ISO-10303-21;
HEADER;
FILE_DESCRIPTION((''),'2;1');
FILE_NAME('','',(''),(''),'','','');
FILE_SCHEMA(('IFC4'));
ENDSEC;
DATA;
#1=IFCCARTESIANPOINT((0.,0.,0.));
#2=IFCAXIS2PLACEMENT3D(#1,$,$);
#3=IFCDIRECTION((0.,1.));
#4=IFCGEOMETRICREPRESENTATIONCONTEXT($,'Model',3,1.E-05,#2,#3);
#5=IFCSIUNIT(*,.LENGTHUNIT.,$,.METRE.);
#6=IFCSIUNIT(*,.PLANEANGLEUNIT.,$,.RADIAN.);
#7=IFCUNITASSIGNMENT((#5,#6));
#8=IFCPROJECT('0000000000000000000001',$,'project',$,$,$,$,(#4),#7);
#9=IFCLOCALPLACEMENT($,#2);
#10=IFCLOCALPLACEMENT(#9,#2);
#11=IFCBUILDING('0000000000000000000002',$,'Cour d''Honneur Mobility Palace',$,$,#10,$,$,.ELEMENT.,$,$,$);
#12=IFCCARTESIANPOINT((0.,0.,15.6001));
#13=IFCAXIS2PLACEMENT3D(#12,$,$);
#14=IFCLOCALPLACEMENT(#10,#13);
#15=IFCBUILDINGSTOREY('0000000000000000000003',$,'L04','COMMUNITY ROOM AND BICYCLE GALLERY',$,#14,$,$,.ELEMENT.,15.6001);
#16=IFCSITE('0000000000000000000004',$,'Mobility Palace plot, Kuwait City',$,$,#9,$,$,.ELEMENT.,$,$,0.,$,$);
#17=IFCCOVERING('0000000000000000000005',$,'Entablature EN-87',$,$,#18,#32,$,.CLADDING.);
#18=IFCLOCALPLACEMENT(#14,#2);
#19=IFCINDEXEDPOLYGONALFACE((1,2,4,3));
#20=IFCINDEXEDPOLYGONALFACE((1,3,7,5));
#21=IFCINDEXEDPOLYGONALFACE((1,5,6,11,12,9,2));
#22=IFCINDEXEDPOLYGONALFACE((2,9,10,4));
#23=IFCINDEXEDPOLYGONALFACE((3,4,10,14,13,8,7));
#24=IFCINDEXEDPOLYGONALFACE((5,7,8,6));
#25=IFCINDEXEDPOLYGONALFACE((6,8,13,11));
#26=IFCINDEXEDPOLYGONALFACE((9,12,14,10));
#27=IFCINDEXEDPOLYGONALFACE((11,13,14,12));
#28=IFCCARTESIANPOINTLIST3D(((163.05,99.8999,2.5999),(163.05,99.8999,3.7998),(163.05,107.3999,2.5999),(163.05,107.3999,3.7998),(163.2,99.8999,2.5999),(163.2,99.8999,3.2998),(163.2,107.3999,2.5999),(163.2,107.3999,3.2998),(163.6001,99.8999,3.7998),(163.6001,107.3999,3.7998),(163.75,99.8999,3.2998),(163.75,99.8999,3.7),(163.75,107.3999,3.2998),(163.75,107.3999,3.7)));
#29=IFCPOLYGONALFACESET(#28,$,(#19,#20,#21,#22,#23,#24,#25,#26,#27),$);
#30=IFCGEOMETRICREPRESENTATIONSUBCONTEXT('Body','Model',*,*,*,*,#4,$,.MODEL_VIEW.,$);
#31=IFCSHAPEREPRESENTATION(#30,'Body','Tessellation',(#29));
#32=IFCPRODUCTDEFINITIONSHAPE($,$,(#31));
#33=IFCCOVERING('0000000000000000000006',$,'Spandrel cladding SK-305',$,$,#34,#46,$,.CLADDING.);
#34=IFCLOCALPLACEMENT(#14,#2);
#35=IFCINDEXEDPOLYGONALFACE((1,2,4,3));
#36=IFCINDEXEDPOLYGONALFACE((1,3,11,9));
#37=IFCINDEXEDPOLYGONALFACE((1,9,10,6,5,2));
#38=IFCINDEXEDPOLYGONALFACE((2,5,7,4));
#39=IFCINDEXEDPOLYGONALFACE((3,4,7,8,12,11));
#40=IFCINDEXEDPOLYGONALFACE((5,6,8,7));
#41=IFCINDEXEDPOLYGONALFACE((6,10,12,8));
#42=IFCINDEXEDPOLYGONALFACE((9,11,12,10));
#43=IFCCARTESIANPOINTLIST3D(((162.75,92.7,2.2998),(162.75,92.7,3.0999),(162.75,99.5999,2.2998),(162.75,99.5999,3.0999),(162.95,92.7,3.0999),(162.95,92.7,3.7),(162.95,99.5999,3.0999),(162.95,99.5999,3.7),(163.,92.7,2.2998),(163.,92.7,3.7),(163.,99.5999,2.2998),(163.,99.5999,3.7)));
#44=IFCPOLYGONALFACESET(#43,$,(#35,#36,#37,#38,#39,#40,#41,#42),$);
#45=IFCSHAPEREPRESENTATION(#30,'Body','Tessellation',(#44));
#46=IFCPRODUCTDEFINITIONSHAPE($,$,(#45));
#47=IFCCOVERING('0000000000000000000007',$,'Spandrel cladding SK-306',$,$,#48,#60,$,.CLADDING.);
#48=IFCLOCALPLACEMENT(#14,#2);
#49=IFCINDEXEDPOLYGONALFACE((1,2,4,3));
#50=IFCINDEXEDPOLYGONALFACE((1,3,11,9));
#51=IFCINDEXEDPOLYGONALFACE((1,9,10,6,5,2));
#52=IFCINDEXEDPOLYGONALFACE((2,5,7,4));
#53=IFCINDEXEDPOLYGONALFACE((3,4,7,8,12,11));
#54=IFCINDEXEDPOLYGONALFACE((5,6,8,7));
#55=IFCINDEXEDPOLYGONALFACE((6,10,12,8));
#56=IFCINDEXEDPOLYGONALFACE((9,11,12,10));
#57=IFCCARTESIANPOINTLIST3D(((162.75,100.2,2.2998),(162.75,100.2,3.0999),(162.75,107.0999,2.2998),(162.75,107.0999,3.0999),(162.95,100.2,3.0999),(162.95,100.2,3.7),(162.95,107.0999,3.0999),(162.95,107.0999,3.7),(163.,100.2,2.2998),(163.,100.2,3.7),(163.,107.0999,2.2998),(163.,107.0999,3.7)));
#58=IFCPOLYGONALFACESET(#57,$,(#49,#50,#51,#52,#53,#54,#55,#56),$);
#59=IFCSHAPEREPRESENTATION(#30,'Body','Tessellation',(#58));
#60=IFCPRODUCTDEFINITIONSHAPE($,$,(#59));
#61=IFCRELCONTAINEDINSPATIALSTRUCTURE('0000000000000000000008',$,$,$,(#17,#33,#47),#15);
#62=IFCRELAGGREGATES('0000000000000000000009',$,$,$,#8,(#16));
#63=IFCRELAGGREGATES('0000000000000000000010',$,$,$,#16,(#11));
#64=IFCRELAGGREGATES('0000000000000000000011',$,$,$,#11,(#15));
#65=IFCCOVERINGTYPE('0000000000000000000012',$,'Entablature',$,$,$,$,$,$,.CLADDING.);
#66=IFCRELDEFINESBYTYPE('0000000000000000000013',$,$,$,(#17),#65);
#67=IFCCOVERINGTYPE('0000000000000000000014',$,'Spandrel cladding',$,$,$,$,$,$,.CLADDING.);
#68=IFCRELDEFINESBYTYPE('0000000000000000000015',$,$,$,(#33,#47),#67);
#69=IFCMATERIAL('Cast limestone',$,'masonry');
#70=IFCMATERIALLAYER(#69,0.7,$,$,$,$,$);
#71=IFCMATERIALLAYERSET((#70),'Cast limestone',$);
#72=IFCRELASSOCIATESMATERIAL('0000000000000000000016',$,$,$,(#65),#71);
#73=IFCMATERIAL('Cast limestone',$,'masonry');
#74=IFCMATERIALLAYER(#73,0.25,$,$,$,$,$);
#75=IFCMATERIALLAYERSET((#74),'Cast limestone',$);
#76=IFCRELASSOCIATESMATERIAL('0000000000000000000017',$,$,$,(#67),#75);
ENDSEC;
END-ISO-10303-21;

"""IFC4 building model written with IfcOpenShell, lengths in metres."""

from ifc_helpers import new_model, si_unit, direction, frame, origin, place, context, subcontext, project, spatial, polyline, outline, extrude, material, layer, layer_set, type_object, element, save


model = new_model("IFC4")

# Units and contexts
model_context = context("Model", 3, precision=1e-05, world=origin(), true_north=direction((0.0, 1.0)))
body_context = subcontext(model_context, "Body", "Model", "MODEL_VIEW")
ifc_project = project(units=[si_unit("LENGTHUNIT", "METRE"), si_unit("PLANEANGLEUNIT", "RADIAN")], contexts=[model_context])

# Site, building, storey
site_placement = place(None, origin())
site = spatial("IfcSite", under=ifc_project, at=site_placement, Name="Mobility Palace plot, Kuwait City", CompositionType="ELEMENT", RefElevation=0.0)
building_placement = place(site_placement, origin())
building = spatial("IfcBuilding", under=site, at=building_placement, Name="Cour d'Honneur Mobility Palace", CompositionType="ELEMENT")
storey_placement = place(building_placement, frame((0.0, 0.0, 15.6001)))
storey = spatial("IfcBuildingStorey", under=building, at=storey_placement, Name="L04", Description="COMMUNITY ROOM AND BICYCLE GALLERY", CompositionType="ELEMENT", Elevation=15.6001)

# Coverings
ifc_material_1 = material(Name="Cast limestone", Category="masonry")
ifc_layer_1 = layer(ifc_material_1, 0.7)
ifc_layer_set_1 = layer_set([ifc_layer_1], Name="Cast limestone")
covering_type_1 = type_object("IfcCoveringType", Name="Entablature", PredefinedType="CLADDING", material=ifc_layer_set_1)
for number, where, z_axis, x_axis, name in (
    (1, (163.05, 99.8999, 2.5999), (0.0, -1.0, 0.0), (1.0, 0.0, 0.0), "Entablature EN-87"),
):
    element("IfcCovering", number, at=place(storey_placement, frame(where, z_axis=z_axis, x_axis=x_axis)), inside=storey, type_object=covering_type_1, Name=name, PredefinedType="CLADDING", context=body_context, shape_type="SweptSolid", body=[
        extrude(outline(polyline([(0.0, 0.0), (0.1499, 0.0), (0.1499, 0.7), (0.7, 0.7), (0.7, 1.1001), (0.55, 1.2), (0.0, 1.2), (0.0, 0.0)])), origin(), (0.0, 0.0, -1.0), 7.5),
    ])
ifc_material_2 = material(Name="Cast limestone", Category="masonry")
ifc_layer_2 = layer(ifc_material_2, 0.25)
ifc_layer_set_2 = layer_set([ifc_layer_2], Name="Cast limestone")
covering_type_2 = type_object("IfcCoveringType", Name="Spandrel cladding", PredefinedType="CLADDING", material=ifc_layer_set_2)
for number, where, z_axis, x_axis, name in (
    (2, (162.75, 92.7, 2.2998), (0.0, -1.0, 0.0), (1.0, 0.0, 0.0), "Spandrel cladding SK-305"),
    (3, (162.75, 100.2, 2.2998), (0.0, -1.0, 0.0), (1.0, 0.0, 0.0), "Spandrel cladding SK-306"),
):
    element("IfcCovering", number, at=place(storey_placement, frame(where, z_axis=z_axis, x_axis=x_axis)), inside=storey, type_object=covering_type_2, Name=name, PredefinedType="CLADDING", context=body_context, shape_type="SweptSolid", body=[
        extrude(outline(polyline([(0.0, 0.0), (0.25, 0.0), (0.25, 1.4001), (0.2, 1.4001), (0.2, 0.8), (0.0, 0.8), (0.0, 0.0)])), origin(), (0.0, 0.0, -1.0), 6.8999),
    ])

save(model, "model.ifc")
